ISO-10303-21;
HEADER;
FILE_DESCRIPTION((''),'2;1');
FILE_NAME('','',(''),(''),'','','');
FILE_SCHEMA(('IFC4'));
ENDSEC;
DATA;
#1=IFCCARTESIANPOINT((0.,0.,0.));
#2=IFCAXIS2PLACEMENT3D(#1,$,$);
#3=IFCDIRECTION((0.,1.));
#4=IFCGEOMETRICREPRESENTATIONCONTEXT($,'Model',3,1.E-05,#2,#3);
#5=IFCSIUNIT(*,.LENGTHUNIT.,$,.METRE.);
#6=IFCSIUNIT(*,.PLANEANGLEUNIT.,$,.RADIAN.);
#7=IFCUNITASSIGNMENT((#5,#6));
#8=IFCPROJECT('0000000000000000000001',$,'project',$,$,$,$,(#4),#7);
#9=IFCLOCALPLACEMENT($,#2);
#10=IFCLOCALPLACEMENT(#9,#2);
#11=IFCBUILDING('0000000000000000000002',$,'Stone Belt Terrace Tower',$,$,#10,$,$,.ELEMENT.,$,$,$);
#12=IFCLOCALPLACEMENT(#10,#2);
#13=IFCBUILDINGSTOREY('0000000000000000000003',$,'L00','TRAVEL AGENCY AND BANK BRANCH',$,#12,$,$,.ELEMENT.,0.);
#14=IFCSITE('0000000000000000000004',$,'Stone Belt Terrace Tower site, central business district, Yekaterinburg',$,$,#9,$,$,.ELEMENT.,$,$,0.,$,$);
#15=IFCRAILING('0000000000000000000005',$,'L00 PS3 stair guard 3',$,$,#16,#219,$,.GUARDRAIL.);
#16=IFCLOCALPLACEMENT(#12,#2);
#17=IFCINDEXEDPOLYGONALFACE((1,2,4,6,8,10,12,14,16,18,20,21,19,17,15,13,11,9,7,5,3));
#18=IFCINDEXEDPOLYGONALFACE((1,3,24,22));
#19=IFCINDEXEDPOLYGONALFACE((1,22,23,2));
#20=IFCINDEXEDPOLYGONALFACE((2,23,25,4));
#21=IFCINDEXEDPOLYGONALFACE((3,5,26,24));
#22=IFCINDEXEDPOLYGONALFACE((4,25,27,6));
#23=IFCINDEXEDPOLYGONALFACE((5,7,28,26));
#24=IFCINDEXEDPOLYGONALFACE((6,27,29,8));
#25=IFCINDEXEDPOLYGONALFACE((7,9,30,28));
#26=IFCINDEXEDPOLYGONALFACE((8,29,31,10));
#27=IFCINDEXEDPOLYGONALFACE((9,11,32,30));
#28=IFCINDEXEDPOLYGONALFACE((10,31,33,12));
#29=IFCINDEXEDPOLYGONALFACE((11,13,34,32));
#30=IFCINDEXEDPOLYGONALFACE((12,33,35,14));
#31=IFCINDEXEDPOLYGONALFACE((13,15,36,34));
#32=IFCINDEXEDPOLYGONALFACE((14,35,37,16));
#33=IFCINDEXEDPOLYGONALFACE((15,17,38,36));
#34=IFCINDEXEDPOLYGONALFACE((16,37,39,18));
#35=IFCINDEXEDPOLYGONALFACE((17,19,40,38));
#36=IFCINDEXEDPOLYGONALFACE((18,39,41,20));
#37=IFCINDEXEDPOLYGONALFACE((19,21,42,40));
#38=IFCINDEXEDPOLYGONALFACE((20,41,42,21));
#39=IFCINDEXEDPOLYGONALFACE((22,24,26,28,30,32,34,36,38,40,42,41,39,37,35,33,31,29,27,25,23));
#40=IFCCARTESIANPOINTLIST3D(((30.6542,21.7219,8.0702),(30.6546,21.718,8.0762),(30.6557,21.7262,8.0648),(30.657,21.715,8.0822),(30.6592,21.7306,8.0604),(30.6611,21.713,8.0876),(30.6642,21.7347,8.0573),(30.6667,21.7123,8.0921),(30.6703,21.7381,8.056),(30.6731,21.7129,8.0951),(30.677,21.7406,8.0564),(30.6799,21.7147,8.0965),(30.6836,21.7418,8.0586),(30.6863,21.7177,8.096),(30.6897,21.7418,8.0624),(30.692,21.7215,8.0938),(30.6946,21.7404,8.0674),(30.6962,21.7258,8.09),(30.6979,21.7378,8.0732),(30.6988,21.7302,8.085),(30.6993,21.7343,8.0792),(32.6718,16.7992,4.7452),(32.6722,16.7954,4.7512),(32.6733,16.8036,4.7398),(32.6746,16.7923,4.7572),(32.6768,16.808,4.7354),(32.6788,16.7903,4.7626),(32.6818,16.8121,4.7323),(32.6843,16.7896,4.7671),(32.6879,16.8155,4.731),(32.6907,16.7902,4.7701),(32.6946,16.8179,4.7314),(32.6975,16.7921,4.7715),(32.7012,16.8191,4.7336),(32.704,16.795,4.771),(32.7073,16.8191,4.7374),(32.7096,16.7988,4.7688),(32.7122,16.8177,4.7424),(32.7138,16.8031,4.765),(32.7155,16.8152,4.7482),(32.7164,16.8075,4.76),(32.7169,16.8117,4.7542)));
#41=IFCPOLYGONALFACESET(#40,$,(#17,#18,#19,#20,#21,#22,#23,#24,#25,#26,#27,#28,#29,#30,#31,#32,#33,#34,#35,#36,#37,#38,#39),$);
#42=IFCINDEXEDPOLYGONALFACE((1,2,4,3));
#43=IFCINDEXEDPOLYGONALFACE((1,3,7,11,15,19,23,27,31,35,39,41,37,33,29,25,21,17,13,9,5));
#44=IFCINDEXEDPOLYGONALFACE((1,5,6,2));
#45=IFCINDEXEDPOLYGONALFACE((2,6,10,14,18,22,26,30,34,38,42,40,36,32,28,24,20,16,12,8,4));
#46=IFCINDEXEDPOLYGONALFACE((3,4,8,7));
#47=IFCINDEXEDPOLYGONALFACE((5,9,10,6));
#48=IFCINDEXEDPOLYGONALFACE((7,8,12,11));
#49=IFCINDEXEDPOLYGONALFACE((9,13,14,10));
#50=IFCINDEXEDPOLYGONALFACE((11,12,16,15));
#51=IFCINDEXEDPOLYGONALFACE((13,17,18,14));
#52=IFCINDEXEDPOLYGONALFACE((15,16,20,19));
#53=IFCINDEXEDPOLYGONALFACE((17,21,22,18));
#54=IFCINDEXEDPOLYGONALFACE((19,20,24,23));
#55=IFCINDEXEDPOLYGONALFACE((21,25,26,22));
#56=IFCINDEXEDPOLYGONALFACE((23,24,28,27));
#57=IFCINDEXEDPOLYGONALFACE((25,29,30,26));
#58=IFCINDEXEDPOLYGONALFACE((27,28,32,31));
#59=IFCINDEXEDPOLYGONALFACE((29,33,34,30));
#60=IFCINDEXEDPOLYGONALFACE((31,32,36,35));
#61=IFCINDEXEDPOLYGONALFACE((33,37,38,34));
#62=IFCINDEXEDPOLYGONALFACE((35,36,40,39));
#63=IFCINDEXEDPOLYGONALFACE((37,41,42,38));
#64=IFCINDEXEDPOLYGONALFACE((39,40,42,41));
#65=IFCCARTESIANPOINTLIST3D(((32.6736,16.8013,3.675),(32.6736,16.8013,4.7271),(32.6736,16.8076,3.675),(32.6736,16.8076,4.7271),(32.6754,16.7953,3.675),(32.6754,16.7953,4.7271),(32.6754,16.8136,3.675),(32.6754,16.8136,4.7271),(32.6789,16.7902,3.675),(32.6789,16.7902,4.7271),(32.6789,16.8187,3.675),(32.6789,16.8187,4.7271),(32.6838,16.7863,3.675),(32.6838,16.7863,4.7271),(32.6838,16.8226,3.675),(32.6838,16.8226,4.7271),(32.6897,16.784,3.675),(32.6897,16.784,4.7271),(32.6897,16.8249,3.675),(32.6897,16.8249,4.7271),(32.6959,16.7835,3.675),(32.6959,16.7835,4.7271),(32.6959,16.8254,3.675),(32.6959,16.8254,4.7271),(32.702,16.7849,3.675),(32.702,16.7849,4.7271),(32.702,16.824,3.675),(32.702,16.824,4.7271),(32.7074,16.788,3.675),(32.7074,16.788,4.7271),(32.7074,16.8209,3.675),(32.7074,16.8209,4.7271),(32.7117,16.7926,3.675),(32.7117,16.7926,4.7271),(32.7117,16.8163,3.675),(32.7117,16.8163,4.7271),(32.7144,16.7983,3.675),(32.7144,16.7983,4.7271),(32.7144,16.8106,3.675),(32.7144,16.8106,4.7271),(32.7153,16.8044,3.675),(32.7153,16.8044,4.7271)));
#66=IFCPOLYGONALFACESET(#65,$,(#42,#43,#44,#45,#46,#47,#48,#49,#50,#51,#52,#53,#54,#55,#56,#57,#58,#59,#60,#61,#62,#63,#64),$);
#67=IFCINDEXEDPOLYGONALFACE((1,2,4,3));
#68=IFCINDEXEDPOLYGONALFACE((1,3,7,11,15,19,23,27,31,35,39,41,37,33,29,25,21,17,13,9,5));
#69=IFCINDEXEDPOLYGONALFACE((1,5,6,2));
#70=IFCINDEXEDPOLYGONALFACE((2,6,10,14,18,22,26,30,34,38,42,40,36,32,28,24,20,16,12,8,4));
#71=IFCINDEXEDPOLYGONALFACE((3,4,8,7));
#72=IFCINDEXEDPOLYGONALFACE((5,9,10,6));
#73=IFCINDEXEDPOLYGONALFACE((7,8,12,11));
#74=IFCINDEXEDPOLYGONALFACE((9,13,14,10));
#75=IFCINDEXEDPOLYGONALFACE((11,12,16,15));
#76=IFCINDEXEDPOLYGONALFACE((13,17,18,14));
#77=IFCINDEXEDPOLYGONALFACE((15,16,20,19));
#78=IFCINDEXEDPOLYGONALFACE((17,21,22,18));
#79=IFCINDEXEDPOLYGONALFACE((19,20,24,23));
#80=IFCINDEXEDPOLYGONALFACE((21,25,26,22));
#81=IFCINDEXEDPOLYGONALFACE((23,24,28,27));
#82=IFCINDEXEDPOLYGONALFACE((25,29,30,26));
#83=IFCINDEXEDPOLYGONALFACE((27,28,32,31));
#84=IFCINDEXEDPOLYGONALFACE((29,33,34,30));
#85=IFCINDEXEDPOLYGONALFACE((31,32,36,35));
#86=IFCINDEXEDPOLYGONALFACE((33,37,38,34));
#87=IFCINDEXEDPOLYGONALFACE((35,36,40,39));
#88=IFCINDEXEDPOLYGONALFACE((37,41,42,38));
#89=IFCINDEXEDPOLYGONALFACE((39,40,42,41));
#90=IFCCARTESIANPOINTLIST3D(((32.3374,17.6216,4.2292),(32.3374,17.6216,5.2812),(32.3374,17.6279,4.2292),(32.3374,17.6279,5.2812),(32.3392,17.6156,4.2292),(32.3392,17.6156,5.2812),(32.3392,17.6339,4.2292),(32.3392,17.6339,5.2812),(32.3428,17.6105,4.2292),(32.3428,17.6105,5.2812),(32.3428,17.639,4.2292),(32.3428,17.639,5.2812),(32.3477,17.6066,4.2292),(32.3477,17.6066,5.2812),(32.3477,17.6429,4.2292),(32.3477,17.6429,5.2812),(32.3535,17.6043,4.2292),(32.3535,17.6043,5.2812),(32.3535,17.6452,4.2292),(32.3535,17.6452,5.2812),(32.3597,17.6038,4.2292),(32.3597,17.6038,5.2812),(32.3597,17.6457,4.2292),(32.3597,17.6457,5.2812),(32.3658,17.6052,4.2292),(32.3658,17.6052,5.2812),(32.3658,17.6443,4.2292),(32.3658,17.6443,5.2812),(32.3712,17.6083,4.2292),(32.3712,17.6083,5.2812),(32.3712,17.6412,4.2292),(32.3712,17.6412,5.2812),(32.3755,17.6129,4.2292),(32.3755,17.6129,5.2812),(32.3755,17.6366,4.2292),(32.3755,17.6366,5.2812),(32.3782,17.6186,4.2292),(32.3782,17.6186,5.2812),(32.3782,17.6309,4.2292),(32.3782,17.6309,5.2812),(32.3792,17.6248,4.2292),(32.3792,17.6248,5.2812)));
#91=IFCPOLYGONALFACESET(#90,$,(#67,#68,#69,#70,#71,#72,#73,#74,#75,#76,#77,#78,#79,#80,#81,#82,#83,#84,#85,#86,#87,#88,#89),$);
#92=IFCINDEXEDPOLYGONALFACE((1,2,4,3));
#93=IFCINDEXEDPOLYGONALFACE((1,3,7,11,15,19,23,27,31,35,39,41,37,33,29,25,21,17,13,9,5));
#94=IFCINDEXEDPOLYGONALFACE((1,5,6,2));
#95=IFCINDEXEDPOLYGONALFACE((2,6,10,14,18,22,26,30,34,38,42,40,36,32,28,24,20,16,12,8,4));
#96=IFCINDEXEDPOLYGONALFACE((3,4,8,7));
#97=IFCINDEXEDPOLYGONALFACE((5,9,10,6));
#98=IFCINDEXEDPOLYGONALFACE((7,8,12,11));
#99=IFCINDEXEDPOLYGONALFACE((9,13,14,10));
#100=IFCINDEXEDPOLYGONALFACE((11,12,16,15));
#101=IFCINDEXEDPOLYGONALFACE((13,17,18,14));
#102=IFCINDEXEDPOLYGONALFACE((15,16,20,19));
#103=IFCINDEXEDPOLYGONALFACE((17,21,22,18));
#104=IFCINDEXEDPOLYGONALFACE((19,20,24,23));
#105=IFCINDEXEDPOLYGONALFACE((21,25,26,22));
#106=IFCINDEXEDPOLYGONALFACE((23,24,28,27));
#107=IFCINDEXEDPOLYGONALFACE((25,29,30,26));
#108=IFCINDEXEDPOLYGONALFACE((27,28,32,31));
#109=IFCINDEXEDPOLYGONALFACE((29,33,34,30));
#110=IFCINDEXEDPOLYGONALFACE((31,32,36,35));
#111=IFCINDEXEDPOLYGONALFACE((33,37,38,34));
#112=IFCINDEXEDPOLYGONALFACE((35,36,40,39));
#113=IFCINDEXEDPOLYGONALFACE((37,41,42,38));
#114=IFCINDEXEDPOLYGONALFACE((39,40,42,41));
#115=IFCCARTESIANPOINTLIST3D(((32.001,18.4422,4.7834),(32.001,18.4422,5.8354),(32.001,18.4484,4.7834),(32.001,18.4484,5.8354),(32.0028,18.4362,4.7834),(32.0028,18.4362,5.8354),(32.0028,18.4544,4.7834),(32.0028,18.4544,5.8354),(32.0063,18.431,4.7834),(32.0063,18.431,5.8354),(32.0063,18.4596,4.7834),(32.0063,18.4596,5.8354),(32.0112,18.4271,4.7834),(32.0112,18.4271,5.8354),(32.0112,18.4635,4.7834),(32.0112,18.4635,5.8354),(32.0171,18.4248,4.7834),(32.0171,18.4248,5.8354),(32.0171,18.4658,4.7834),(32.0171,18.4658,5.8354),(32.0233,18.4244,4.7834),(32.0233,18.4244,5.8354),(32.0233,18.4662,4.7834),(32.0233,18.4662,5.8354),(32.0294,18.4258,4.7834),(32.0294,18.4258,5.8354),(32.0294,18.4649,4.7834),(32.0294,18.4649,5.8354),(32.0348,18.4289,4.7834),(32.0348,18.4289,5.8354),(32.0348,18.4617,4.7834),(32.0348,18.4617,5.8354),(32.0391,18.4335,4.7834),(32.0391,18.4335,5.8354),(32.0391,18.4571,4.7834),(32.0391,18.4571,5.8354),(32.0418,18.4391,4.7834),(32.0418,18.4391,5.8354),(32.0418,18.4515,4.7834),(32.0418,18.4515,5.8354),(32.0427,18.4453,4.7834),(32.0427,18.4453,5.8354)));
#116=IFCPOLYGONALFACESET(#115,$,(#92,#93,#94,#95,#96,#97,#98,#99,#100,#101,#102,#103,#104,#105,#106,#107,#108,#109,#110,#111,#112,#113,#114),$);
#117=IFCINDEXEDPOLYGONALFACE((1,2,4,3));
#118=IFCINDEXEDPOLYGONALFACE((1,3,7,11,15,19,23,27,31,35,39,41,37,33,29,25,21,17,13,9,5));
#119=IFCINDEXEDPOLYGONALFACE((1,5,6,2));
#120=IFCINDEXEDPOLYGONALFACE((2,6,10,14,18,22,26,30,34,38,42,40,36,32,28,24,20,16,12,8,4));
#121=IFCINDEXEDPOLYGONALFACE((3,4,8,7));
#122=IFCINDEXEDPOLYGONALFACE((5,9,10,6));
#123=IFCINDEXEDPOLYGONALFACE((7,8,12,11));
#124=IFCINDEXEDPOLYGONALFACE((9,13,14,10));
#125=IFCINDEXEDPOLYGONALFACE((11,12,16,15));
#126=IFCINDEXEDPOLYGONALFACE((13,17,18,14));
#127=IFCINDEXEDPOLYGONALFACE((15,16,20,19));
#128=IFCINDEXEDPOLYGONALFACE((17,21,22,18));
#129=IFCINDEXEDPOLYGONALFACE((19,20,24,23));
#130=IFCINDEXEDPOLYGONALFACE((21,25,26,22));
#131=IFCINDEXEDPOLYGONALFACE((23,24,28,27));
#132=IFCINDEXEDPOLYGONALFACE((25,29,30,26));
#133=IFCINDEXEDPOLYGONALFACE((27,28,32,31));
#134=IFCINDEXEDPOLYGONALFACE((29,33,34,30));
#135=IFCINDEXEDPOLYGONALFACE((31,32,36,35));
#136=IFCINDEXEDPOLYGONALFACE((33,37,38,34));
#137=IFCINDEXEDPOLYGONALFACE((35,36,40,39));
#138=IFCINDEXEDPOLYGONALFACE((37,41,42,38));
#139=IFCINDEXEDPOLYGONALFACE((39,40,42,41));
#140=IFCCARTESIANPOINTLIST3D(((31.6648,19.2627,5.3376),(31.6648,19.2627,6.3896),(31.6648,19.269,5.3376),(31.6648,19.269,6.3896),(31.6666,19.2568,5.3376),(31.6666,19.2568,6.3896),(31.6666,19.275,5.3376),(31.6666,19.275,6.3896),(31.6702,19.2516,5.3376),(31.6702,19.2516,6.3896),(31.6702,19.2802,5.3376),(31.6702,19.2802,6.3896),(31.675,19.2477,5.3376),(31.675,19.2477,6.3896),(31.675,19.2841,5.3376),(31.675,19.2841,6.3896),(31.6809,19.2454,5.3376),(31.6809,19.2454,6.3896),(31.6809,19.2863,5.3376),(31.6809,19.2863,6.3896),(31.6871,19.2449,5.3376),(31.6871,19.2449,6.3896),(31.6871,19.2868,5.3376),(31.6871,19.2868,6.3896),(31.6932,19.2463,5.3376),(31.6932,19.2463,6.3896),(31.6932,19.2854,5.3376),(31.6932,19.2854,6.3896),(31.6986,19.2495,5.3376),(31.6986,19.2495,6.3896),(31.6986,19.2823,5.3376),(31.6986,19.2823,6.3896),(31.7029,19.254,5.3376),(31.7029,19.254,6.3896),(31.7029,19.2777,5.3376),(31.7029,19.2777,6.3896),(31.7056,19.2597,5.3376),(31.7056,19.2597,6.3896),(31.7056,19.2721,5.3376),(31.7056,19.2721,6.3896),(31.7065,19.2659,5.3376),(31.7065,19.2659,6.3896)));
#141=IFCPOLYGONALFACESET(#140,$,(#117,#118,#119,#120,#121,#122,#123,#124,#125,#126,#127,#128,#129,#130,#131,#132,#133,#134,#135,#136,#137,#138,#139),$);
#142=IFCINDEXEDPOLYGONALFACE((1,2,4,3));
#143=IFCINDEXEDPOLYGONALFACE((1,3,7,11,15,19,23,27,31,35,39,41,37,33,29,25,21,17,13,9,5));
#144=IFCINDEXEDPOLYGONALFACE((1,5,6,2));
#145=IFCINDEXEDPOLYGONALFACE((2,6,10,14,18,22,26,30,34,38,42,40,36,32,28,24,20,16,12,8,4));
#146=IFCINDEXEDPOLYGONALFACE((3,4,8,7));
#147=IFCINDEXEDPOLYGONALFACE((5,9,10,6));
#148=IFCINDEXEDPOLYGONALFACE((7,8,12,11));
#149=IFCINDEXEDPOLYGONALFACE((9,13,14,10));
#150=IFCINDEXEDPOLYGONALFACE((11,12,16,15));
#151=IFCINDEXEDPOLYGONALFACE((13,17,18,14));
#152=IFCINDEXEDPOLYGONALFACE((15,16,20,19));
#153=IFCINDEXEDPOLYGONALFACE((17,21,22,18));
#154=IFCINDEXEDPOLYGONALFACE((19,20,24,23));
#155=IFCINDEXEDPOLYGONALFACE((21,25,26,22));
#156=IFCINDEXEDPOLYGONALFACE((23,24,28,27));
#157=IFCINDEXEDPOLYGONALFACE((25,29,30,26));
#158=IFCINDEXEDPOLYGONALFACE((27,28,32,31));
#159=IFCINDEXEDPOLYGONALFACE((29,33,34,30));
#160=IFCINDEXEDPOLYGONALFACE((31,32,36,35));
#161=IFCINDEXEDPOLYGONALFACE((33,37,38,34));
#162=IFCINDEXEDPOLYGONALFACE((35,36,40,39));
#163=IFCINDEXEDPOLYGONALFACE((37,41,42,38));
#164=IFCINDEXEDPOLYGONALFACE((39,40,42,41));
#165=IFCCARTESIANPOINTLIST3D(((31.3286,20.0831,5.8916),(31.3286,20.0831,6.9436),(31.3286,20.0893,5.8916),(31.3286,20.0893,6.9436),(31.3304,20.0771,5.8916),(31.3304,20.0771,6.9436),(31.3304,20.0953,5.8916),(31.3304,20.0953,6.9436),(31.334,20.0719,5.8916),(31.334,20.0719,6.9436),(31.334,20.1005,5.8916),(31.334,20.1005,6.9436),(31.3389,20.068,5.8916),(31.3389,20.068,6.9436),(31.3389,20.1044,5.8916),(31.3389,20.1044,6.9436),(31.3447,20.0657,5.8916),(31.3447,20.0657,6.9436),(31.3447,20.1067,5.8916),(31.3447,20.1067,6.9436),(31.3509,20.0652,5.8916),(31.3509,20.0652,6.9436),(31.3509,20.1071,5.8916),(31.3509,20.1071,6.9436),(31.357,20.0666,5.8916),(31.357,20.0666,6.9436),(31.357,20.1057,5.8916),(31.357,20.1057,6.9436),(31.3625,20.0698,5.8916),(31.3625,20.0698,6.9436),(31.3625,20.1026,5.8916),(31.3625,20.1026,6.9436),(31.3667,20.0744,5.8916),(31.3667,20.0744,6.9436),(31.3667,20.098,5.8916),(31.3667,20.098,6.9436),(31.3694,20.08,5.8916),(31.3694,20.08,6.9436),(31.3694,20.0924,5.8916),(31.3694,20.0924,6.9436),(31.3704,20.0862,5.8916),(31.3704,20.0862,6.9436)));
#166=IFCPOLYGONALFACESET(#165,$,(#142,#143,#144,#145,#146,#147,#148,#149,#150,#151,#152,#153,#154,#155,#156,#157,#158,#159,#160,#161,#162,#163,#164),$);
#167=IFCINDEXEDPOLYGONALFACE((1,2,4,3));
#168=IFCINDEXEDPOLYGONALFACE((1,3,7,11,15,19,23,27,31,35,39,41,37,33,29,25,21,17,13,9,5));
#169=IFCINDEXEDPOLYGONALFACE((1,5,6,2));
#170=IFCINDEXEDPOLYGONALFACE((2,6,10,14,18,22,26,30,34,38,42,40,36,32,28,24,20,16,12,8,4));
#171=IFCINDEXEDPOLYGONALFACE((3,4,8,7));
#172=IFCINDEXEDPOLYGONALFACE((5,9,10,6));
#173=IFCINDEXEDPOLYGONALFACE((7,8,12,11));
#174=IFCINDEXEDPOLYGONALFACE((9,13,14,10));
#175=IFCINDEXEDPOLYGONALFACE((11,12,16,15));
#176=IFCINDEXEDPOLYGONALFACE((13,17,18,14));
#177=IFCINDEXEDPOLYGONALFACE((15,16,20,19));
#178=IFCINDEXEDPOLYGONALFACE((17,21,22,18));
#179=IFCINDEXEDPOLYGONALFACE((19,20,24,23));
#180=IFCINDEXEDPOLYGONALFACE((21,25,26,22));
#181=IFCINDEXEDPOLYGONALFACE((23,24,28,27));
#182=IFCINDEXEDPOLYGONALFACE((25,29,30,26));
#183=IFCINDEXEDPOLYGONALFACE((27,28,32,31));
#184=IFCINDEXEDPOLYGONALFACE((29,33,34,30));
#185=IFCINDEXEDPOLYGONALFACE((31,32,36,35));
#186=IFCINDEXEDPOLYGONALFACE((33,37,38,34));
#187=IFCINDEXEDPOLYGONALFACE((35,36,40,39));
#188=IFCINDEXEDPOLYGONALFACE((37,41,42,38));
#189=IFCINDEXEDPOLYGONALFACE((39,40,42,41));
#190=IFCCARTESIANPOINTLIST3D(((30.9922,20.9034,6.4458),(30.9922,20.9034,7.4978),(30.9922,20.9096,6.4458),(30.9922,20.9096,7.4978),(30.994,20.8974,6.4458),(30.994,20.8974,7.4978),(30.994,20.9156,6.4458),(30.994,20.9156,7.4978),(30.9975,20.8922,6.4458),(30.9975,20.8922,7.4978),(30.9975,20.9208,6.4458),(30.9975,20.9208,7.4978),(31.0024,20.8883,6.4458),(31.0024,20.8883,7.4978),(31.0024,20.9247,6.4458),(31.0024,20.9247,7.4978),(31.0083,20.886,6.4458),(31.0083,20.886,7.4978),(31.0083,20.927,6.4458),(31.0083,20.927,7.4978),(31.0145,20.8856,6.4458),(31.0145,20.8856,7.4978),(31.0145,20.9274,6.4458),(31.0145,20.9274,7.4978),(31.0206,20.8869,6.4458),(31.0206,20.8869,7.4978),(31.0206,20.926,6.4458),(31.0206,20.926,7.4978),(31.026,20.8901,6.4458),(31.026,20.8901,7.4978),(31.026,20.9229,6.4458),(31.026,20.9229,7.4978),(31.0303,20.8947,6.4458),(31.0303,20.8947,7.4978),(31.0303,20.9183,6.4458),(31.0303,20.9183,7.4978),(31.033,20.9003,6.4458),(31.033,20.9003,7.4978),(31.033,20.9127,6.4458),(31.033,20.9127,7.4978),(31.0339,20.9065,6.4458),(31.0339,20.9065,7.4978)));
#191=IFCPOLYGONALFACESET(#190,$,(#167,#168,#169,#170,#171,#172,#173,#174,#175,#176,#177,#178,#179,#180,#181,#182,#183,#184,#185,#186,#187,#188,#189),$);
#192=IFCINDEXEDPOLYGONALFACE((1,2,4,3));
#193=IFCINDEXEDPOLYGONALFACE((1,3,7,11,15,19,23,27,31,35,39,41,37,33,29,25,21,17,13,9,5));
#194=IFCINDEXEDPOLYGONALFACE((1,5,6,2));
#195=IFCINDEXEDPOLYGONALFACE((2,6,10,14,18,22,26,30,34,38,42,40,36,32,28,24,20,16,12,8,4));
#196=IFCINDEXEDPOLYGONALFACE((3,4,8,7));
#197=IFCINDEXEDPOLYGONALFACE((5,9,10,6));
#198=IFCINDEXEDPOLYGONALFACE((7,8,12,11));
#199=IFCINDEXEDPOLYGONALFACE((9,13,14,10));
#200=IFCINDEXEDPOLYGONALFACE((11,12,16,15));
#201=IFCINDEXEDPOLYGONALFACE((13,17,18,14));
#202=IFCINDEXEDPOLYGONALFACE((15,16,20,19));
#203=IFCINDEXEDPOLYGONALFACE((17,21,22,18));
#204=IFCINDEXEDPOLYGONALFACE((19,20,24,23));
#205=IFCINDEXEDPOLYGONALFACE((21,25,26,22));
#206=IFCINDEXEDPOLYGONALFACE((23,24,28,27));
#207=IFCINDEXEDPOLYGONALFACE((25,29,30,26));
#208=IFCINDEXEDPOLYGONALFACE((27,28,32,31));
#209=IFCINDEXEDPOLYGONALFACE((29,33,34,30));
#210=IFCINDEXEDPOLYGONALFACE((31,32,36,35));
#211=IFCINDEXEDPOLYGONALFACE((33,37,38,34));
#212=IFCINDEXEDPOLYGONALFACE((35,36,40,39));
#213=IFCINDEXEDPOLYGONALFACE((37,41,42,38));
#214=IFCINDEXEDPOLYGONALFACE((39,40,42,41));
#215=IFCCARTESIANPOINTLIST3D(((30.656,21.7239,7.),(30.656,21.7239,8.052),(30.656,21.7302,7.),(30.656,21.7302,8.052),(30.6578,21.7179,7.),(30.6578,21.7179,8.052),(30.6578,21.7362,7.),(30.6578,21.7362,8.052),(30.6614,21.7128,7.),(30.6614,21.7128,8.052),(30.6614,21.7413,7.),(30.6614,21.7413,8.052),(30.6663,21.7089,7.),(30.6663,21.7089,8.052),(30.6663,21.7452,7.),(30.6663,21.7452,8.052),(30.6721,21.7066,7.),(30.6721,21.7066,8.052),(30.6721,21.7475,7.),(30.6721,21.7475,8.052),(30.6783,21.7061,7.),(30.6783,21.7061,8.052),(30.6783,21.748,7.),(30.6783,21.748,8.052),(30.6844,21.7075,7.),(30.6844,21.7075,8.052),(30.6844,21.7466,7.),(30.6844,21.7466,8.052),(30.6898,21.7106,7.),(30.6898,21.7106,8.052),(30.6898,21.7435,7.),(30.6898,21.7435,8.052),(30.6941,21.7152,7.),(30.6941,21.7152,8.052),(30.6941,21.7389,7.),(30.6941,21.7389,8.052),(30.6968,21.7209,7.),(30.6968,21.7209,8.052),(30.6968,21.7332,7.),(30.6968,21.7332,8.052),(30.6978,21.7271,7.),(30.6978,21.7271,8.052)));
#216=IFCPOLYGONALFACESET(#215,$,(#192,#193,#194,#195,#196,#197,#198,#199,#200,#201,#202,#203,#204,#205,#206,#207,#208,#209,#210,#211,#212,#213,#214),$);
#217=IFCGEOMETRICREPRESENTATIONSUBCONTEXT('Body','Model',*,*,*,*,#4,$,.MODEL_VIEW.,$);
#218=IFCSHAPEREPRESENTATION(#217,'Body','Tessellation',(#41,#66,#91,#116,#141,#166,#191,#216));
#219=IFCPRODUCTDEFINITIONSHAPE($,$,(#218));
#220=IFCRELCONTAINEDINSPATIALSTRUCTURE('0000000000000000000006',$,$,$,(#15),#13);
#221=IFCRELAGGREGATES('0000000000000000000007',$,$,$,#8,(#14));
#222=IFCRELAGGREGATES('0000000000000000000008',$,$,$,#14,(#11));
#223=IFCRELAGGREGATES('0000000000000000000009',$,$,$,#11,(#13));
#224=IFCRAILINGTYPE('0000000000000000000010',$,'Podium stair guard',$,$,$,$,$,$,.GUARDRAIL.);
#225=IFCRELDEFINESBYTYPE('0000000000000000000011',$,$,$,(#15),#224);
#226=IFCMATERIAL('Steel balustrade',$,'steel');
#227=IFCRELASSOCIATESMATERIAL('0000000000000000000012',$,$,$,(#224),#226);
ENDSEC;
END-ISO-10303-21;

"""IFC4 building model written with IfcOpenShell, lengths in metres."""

from ifc_helpers import new_model, si_unit, direction, frame, origin, origin_2d, place, context, subcontext, project, spatial, circle, extrude, material, type_object, element, save


model = new_model("IFC4")

# Units and contexts
model_context = context("Model", 3, precision=1e-05, world=origin(), true_north=direction((0.0, 1.0)))
body_context = subcontext(model_context, "Body", "Model", "MODEL_VIEW")
ifc_project = project(units=[si_unit("LENGTHUNIT", "METRE"), si_unit("PLANEANGLEUNIT", "RADIAN")], contexts=[model_context])

# Site, building, storey
site_placement = place(None, origin())
site = spatial("IfcSite", under=ifc_project, at=site_placement, Name="Stone Belt Terrace Tower site, central business district, Yekaterinburg", CompositionType="ELEMENT", RefElevation=0.0)
building_placement = place(site_placement, origin())
building = spatial("IfcBuilding", under=site, at=building_placement, Name="Stone Belt Terrace Tower", CompositionType="ELEMENT")
storey_placement = place(building_placement, origin())
storey = spatial("IfcBuildingStorey", under=building, at=storey_placement, Name="L00", Description="TRAVEL AGENCY AND BANK BRANCH", CompositionType="ELEMENT", Elevation=0.0)

# Railing
ifc_material_1 = material(Name="Steel balustrade", Category="steel")
railing_type_1 = type_object("IfcRailingType", Name="Podium stair guard", PredefinedType="GUARDRAIL", material=ifc_material_1)
railing_1_placement = place(storey_placement, frame((32.6943, 16.8044, 3.675)))
element("IfcRailing", 1, at=railing_1_placement, inside=storey, type_object=railing_type_1, Name="L00 PS3 stair guard 3", PredefinedType="GUARDRAIL", context=body_context, shape_type="SweptSolid", body=[
    extrude(circle(Radius=0.0239, at=origin_2d()), frame((0.0, 0.0, 1.0762), z_axis=(-0.321598, 0.784655, 0.529991), x_axis=(-0.925297, -0.379242, 0.0)), (0.0, 0.0, 1.0), 6.2737),
    extrude(circle(Radius=0.021, at=origin_2d()), origin(), (0.0, 0.0, 1.0), 1.052),
    extrude(circle(Radius=0.021, at=origin_2d()), frame((-0.3362, 0.8203, 0.5542)), (0.0, 0.0, 1.0), 1.052),
    extrude(circle(Radius=0.021, at=origin_2d()), frame((-0.6726, 1.6409, 1.1084)), (0.0, 0.0, 1.0), 1.052),
    extrude(circle(Radius=0.021, at=origin_2d()), frame((-1.0088, 2.4614, 1.6626)), (0.0, 0.0, 1.0), 1.052),
    extrude(circle(Radius=0.021, at=origin_2d()), frame((-1.345, 3.2817, 2.2166)), (0.0, 0.0, 1.0), 1.052),
    extrude(circle(Radius=0.021, at=origin_2d()), frame((-1.6814, 4.1021, 2.7708)), (0.0, 0.0, 1.0), 1.052),
    extrude(circle(Radius=0.021, at=origin_2d()), frame((-2.0176, 4.9226, 3.325)), (0.0, 0.0, 1.0), 1.052),
])

save(model, "model.ifc")
